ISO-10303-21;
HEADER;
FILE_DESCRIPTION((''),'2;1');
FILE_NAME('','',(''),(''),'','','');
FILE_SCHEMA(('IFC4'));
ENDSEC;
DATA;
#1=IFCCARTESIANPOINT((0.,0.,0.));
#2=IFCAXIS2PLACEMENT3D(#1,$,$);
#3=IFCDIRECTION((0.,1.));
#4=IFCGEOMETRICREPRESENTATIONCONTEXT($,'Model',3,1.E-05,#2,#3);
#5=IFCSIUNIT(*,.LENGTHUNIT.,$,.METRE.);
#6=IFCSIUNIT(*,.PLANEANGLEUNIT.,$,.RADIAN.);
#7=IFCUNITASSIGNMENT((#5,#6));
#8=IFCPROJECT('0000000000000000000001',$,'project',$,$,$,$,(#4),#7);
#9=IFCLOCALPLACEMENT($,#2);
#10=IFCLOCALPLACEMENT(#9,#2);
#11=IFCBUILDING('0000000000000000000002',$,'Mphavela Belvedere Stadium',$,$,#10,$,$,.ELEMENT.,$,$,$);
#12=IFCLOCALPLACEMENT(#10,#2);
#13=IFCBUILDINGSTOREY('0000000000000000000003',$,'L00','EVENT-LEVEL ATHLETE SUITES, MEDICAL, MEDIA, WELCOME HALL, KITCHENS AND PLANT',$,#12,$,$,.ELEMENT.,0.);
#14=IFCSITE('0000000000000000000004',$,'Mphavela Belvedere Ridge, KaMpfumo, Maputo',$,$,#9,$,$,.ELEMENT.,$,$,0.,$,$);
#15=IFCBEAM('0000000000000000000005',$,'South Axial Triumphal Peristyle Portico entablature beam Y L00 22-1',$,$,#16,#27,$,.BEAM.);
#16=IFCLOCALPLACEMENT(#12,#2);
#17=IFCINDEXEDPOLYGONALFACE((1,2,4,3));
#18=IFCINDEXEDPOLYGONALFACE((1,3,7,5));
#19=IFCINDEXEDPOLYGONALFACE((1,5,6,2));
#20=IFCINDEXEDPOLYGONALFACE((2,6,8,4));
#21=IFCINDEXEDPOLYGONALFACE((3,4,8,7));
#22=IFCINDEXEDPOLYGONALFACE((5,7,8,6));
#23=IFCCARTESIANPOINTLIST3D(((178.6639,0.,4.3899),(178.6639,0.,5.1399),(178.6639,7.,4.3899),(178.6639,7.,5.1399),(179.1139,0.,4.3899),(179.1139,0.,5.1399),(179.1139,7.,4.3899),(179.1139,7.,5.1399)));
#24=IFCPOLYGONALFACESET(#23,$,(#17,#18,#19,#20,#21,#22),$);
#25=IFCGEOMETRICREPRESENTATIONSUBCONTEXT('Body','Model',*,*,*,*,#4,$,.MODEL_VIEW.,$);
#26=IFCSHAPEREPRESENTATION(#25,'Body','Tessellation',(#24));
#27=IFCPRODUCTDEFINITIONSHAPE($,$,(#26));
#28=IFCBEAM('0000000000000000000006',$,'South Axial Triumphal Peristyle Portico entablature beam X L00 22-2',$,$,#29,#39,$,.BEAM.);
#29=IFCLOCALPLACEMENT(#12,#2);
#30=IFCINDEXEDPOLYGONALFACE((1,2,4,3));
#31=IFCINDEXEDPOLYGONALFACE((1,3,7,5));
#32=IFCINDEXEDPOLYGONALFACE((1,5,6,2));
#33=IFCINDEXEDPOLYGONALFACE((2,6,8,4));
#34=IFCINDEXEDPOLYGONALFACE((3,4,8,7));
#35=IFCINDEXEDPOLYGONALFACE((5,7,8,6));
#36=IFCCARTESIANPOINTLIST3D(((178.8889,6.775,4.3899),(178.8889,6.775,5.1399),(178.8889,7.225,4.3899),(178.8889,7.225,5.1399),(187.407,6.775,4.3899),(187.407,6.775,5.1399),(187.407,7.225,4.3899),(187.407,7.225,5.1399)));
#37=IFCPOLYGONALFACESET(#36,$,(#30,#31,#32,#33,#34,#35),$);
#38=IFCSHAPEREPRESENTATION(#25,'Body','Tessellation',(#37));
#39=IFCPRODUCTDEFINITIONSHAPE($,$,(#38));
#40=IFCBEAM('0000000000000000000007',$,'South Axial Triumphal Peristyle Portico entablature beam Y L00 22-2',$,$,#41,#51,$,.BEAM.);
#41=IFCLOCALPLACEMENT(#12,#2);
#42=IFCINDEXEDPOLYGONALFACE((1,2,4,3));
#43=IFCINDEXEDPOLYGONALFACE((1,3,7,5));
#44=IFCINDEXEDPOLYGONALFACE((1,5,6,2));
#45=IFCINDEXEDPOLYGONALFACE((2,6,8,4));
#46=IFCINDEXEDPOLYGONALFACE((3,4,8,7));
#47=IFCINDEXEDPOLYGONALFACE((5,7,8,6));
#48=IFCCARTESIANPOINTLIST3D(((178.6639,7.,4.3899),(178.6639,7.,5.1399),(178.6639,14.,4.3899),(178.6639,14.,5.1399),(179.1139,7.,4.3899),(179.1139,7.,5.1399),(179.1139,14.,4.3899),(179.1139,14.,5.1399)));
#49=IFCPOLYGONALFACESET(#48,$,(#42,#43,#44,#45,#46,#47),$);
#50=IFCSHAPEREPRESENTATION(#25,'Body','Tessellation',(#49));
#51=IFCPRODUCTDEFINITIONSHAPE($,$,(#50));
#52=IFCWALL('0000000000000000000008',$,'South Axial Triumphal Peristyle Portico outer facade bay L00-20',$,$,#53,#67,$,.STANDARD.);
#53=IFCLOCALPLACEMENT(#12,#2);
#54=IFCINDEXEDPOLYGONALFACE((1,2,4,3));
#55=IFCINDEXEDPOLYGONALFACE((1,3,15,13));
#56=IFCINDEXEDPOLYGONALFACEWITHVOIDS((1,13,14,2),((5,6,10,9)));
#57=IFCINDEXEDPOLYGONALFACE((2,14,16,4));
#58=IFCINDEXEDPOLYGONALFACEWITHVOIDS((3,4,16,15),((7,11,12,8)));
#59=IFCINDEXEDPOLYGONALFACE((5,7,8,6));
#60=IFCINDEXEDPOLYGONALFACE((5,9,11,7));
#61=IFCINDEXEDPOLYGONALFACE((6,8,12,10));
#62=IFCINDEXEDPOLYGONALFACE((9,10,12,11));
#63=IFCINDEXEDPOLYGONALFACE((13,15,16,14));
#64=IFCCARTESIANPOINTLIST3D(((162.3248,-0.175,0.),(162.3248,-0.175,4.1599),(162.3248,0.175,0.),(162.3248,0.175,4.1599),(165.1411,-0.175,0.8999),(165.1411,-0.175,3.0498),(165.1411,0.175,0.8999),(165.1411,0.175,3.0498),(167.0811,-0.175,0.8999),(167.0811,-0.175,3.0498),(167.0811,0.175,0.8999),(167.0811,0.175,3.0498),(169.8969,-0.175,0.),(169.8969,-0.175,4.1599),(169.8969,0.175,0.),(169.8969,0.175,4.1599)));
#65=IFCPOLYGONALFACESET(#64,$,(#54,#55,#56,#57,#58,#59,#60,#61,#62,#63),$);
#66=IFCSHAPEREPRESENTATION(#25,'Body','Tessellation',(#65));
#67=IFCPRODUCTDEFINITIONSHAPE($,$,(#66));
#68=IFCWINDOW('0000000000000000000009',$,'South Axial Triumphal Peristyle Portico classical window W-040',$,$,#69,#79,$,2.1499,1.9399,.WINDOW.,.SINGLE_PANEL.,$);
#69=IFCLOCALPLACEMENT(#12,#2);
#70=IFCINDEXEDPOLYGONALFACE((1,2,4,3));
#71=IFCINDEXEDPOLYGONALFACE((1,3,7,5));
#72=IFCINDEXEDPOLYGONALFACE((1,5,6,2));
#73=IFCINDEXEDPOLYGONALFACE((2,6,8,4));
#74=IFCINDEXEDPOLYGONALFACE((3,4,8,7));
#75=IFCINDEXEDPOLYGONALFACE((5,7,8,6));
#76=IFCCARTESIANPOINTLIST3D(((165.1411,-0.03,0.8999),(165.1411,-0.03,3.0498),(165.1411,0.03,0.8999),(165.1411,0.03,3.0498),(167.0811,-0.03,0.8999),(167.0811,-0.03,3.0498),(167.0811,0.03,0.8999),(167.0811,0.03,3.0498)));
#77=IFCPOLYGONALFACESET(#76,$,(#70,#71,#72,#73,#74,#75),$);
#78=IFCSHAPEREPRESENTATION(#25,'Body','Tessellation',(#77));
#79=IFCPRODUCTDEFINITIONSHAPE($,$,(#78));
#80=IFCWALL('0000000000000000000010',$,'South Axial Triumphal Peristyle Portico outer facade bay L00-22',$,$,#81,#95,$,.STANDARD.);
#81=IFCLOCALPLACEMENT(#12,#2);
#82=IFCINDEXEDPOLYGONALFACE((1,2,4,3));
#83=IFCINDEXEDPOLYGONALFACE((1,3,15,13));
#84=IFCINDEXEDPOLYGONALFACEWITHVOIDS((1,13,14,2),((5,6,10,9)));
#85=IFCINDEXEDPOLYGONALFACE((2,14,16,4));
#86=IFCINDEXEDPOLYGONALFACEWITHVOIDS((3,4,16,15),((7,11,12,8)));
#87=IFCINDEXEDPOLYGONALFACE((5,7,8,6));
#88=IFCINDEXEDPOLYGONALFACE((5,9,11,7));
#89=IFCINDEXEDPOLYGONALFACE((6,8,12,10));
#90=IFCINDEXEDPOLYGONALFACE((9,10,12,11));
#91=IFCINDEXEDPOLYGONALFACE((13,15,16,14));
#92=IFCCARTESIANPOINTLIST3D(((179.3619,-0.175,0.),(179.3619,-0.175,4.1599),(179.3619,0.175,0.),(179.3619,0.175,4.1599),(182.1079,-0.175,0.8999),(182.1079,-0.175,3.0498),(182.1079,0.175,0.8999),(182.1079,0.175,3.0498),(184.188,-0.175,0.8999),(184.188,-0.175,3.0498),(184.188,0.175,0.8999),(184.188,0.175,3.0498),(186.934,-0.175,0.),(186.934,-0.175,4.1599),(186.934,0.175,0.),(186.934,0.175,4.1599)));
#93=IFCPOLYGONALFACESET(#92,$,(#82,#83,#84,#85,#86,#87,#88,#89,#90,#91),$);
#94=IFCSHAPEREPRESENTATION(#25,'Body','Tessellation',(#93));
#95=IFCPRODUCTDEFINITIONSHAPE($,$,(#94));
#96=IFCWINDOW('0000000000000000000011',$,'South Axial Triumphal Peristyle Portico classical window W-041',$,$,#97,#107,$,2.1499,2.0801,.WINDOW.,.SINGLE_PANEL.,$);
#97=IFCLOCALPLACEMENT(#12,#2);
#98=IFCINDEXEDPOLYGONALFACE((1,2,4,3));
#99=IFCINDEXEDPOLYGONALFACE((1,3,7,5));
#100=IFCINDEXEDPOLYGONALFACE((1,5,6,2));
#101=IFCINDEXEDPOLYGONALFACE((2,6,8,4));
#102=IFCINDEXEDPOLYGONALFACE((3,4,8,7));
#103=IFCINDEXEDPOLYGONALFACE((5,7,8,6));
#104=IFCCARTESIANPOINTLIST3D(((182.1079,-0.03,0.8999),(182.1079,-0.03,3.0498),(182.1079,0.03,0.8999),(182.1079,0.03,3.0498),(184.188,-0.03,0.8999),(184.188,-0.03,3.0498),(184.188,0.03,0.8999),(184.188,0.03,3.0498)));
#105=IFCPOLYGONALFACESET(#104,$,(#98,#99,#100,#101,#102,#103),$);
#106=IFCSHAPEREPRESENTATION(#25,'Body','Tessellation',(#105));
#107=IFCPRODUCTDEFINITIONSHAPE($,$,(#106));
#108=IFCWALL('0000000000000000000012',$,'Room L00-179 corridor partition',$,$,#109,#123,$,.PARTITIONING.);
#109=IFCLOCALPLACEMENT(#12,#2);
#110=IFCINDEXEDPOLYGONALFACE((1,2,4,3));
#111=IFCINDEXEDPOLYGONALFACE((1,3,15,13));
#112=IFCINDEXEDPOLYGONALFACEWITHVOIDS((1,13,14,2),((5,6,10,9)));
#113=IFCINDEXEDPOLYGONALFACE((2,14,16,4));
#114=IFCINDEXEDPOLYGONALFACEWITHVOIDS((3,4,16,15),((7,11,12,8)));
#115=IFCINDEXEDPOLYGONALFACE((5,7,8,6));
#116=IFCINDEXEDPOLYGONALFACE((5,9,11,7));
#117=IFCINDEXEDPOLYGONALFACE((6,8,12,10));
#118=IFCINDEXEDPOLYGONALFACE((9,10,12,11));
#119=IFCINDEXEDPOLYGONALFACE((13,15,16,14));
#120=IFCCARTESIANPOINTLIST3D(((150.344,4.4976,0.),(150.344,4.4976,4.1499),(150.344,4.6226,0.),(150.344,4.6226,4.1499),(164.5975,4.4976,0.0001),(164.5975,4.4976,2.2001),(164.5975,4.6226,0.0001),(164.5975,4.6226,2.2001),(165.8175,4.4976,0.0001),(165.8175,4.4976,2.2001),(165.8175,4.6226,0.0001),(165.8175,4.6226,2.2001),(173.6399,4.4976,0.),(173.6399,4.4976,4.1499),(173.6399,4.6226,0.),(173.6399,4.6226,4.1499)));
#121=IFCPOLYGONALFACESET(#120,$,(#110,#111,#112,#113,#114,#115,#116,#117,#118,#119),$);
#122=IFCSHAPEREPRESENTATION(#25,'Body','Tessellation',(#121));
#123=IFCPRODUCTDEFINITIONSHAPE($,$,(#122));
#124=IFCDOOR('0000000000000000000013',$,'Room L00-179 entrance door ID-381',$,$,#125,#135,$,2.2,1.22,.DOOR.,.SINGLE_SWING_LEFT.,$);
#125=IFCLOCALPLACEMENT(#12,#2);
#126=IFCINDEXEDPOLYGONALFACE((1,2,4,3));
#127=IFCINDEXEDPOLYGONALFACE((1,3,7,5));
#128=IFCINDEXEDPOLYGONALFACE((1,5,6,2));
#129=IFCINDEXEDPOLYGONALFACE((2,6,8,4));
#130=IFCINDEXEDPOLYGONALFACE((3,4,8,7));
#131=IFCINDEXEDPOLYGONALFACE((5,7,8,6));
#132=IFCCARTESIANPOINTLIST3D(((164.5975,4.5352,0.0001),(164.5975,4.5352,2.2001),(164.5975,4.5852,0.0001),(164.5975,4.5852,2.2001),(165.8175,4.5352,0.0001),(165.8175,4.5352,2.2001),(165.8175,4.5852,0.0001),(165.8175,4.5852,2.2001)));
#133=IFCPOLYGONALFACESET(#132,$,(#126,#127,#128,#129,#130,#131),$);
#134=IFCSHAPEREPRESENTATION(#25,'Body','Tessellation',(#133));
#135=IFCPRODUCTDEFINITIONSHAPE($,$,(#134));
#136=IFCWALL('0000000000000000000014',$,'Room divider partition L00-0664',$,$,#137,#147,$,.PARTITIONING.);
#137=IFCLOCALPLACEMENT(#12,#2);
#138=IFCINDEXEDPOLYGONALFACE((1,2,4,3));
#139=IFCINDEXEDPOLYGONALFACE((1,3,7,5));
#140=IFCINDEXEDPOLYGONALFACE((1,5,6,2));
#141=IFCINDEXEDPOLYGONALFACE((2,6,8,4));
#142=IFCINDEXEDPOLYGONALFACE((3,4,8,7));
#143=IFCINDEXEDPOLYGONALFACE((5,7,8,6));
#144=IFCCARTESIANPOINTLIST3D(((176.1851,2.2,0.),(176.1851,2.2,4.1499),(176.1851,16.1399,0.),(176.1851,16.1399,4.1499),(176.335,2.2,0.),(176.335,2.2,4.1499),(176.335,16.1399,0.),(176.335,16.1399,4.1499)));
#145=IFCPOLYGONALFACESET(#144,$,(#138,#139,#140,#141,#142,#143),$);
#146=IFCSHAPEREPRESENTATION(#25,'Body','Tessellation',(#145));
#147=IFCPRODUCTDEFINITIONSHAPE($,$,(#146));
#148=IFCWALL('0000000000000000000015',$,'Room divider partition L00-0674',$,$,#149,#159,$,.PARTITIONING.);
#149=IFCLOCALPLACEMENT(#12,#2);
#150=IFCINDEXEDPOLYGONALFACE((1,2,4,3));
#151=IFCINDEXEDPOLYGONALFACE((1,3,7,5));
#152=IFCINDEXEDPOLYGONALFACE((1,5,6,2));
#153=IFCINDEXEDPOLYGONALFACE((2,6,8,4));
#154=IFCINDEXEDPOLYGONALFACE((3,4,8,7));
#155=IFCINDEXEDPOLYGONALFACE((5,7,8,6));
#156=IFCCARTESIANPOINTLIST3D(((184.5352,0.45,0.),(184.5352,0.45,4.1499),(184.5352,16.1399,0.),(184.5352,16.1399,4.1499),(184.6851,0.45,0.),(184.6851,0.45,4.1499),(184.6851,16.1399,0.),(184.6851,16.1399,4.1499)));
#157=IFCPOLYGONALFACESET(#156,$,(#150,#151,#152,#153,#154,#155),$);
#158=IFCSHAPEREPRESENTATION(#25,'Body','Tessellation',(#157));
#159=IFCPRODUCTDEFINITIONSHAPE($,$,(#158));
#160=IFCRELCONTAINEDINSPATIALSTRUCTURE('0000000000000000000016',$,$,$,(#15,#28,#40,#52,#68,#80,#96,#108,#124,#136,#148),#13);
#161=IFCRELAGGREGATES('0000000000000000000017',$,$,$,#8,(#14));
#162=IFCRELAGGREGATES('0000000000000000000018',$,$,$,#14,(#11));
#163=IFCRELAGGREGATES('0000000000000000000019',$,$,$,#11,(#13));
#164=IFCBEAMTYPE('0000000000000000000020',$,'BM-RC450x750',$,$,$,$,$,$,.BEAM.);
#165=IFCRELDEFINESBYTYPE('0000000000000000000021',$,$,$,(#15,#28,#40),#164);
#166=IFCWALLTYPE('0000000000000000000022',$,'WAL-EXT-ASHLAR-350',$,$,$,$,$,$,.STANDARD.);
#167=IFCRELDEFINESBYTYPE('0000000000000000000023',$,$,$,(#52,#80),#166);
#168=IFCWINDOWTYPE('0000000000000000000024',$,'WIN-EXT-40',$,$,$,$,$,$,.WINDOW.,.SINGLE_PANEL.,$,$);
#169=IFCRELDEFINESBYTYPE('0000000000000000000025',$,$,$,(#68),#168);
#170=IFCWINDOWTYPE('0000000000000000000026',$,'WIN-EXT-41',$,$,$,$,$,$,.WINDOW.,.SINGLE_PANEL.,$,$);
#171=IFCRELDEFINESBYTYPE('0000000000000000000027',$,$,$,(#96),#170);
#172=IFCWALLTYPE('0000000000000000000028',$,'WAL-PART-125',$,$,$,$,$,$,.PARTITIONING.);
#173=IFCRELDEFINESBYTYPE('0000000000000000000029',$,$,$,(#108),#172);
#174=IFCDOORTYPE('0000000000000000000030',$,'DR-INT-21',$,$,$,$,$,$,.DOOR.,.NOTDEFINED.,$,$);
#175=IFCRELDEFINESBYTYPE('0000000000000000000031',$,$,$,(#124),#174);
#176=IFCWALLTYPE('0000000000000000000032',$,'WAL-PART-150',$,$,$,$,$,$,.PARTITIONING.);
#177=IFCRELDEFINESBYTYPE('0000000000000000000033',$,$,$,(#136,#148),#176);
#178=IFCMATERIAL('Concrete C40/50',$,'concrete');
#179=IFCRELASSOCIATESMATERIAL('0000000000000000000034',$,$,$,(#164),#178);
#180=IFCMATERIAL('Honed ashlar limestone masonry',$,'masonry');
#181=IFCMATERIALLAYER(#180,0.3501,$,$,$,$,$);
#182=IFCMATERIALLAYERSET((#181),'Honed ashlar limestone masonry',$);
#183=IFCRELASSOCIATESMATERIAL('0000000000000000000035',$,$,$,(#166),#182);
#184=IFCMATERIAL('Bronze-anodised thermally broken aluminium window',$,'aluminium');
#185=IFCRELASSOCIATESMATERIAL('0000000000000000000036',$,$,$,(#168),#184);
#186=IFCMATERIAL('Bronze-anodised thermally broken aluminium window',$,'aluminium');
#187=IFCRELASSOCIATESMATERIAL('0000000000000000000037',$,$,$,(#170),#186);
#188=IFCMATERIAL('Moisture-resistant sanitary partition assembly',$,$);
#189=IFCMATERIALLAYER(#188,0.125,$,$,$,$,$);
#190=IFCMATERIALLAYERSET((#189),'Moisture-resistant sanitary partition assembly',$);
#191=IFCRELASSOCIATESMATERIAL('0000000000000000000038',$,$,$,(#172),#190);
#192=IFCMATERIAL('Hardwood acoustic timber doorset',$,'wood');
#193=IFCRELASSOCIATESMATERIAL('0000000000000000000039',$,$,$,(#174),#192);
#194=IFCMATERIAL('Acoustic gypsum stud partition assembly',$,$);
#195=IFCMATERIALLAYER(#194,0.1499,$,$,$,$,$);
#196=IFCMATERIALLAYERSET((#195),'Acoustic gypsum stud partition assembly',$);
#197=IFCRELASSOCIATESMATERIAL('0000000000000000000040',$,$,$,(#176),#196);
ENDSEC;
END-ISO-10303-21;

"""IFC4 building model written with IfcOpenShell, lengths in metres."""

from ifc_helpers import new_model, si_unit, direction, frame, frame_2d, origin, origin_2d, place, context, subcontext, project, spatial, rectangle, extrude, material, layer, layer_set, material_profile, profile_set, type_object, element, fill, save


model = new_model("IFC4")

# Units and contexts
model_context = context("Model", 3, precision=1e-05, world=origin(), true_north=direction((0.0, 1.0)))
body_context = subcontext(model_context, "Body", "Model", "MODEL_VIEW")
ifc_project = project(units=[si_unit("LENGTHUNIT", "METRE"), si_unit("PLANEANGLEUNIT", "RADIAN")], contexts=[model_context])

# Site, building, storey
site_placement = place(None, origin())
site = spatial("IfcSite", under=ifc_project, at=site_placement, Name="Mphavela Belvedere Ridge, KaMpfumo, Maputo", CompositionType="ELEMENT", RefElevation=0.0)
building_placement = place(site_placement, origin())
building = spatial("IfcBuilding", under=site, at=building_placement, Name="Mphavela Belvedere Stadium", CompositionType="ELEMENT")
storey_placement = place(building_placement, origin())
storey = spatial("IfcBuildingStorey", under=building, at=storey_placement, Name="L00", Description="EVENT-LEVEL ATHLETE SUITES, MEDICAL, MEDIA, WELCOME HALL, KITCHENS AND PLANT", CompositionType="ELEMENT", Elevation=0.0)

# Beams
ifc_material_1 = material(Name="Concrete C40/50", Category="concrete")
ifc_material_profile_1 = material_profile(ifc_material_1, rectangle(XDim=0.45, YDim=0.75, at=origin_2d()), Name="RC 450x750")
ifc_profile_set_1 = profile_set([ifc_material_profile_1], Name="Concrete C40/50")
beam_type_1 = type_object("IfcBeamType", Name="BM-RC450x750", PredefinedType="BEAM", material=ifc_profile_set_1)
beam_1_placement = place(storey_placement, frame((178.8889, 0.0, 4.7649), z_axis=(0.0, 1.0, 0.0), x_axis=(-1.0, 0.0, 0.0)))
element("IfcBeam", 1, at=beam_1_placement, inside=storey, type_object=beam_type_1, Name="South Axial Triumphal Peristyle Portico entablature beam Y L00 22-1", PredefinedType="BEAM", context=body_context, shape_type="SweptSolid", body=[
    extrude(rectangle(XDim=0.45, YDim=0.75, at=origin_2d()), origin(), (0.0, 0.0, 1.0), 7.0),
])
beam_2_placement = place(storey_placement, frame((178.8889, 7.0, 4.7649), z_axis=(1.0, 0.0, 0.0), x_axis=(0.0, 1.0, 0.0)))
element("IfcBeam", 2, at=beam_2_placement, inside=storey, type_object=beam_type_1, Name="South Axial Triumphal Peristyle Portico entablature beam X L00 22-2", PredefinedType="BEAM", context=body_context, shape_type="SweptSolid", body=[
    extrude(rectangle(XDim=0.45, YDim=0.75, at=origin_2d()), origin(), (0.0, 0.0, 1.0), 8.5181),
])
beam_3_placement = place(storey_placement, frame((178.8889, 7.0, 4.7649), z_axis=(0.0, 1.0, 0.0), x_axis=(-1.0, 0.0, 0.0)))
element("IfcBeam", 3, at=beam_3_placement, inside=storey, type_object=beam_type_1, Name="South Axial Triumphal Peristyle Portico entablature beam Y L00 22-2", PredefinedType="BEAM", context=body_context, shape_type="SweptSolid", body=[
    extrude(rectangle(XDim=0.45, YDim=0.75, at=origin_2d()), origin(), (0.0, 0.0, 1.0), 7.0),
])

# Wall, opening, window
ifc_material_2 = material(Name="Honed ashlar limestone masonry", Category="masonry")
ifc_layer_1 = layer(ifc_material_2, 0.3501)
ifc_layer_set_1 = layer_set([ifc_layer_1], Name="Honed ashlar limestone masonry")
wall_type_1 = type_object("IfcWallType", Name="WAL-EXT-ASHLAR-350", PredefinedType="STANDARD", material=ifc_layer_set_1)
wall_1_placement = place(storey_placement, frame((169.897, 0.0, 0.0), z_axis=(0.0, 0.0, 1.0), x_axis=(-1.0, 0.0, 0.0)))
wall_1 = element("IfcWall", 4, at=wall_1_placement, inside=storey, type_object=wall_type_1, Name="South Axial Triumphal Peristyle Portico outer facade bay L00-20", PredefinedType="STANDARD", context=body_context, shape_type="SweptSolid", body=[
    extrude(rectangle(XDim=7.572, YDim=0.3501, at=frame_2d((3.7861, 0.0))), origin(), (0.0, 0.0, 1.0), 4.1599),
])
opening_1_placement = place(wall_1_placement, frame((2.8159, 0.0, 0.8999)))
opening_1 = element("IfcOpeningElement", 5, at=opening_1_placement, cuts=wall_1, PredefinedType="OPENING", context=body_context, shape_type="SweptSolid", body=[
    extrude(rectangle(XDim=1.9399, YDim=2.1499, at=frame_2d((0.97, 1.075))), frame((0.0, 0.1851, 0.0), z_axis=(0.0, -1.0, 0.0), x_axis=(1.0, 0.0, 0.0)), (0.0, 0.0, 1.0), 0.3701),
])
ifc_material_3 = material(Name="Bronze-anodised thermally broken aluminium window", Category="aluminium")
window_type_1 = type_object("IfcWindowType", Name="WIN-EXT-40", PartitioningType="SINGLE_PANEL", PredefinedType="WINDOW", material=ifc_material_3)
window_1_placement = place(opening_1_placement, origin())
window_1 = element("IfcWindow", 6, at=window_1_placement, inside=storey, type_object=window_type_1, Name="South Axial Triumphal Peristyle Portico classical window W-040", OverallHeight=2.1499, OverallWidth=1.9399, PartitioningType="SINGLE_PANEL", PredefinedType="WINDOW", context=body_context, shape_type="SweptSolid", body=[
    extrude(rectangle(XDim=1.9399, YDim=2.1499, at=frame_2d((0.97, 1.075))), frame((0.0, 0.03, 0.0), z_axis=(0.0, -1.0, 0.0), x_axis=(1.0, 0.0, 0.0)), (0.0, 0.0, 1.0), 0.0601),
])
fill(opening_1, window_1)

# Wall, opening, window
wall_2_placement = place(storey_placement, frame((186.9341, 0.0, 0.0), z_axis=(0.0, 0.0, 1.0), x_axis=(-1.0, 0.0, 0.0)))
wall_2 = element("IfcWall", 7, at=wall_2_placement, inside=storey, type_object=wall_type_1, Name="South Axial Triumphal Peristyle Portico outer facade bay L00-22", PredefinedType="STANDARD", context=body_context, shape_type="SweptSolid", body=[
    extrude(rectangle(XDim=7.572, YDim=0.3501, at=frame_2d((3.7861, 0.0))), origin(), (0.0, 0.0, 1.0), 4.1599),
])
opening_2_placement = place(wall_2_placement, frame((2.7461, 0.0, 0.8999)))
opening_2 = element("IfcOpeningElement", 8, at=opening_2_placement, cuts=wall_2, PredefinedType="OPENING", context=body_context, shape_type="SweptSolid", body=[
    extrude(rectangle(XDim=2.0801, YDim=2.1499, at=frame_2d((1.04, 1.075))), frame((0.0, 0.1851, 0.0), z_axis=(0.0, -1.0, 0.0), x_axis=(1.0, 0.0, 0.0)), (0.0, 0.0, 1.0), 0.3701),
])
ifc_material_4 = material(Name="Bronze-anodised thermally broken aluminium window", Category="aluminium")
window_type_2 = type_object("IfcWindowType", Name="WIN-EXT-41", PartitioningType="SINGLE_PANEL", PredefinedType="WINDOW", material=ifc_material_4)
window_2_placement = place(opening_2_placement, origin())
window_2 = element("IfcWindow", 9, at=window_2_placement, inside=storey, type_object=window_type_2, Name="South Axial Triumphal Peristyle Portico classical window W-041", OverallHeight=2.1499, OverallWidth=2.0801, PartitioningType="SINGLE_PANEL", PredefinedType="WINDOW", context=body_context, shape_type="SweptSolid", body=[
    extrude(rectangle(XDim=2.0801, YDim=2.1499, at=frame_2d((1.04, 1.075))), frame((0.0, 0.03, 0.0), z_axis=(0.0, -1.0, 0.0), x_axis=(1.0, 0.0, 0.0)), (0.0, 0.0, 1.0), 0.0601),
])
fill(opening_2, window_2)

# Wall, opening, door
ifc_material_5 = material(Name="Moisture-resistant sanitary partition assembly")
ifc_layer_2 = layer(ifc_material_5, 0.125)
ifc_layer_set_2 = layer_set([ifc_layer_2], Name="Moisture-resistant sanitary partition assembly")
wall_type_2 = type_object("IfcWallType", Name="WAL-PART-125", PredefinedType="PARTITIONING", material=ifc_layer_set_2)
wall_3_placement = place(storey_placement, frame((173.6399, 4.5601, 0.0), z_axis=(0.0, 0.0, 1.0), x_axis=(-1.0, 0.0, 0.0)))
wall_3 = element("IfcWall", 10, at=wall_3_placement, inside=storey, type_object=wall_type_2, Name="Room L00-179 corridor partition", PredefinedType="PARTITIONING", context=body_context, shape_type="SweptSolid", body=[
    extrude(rectangle(XDim=23.2959, YDim=0.125, at=frame_2d((11.6479, 0.0))), origin(), (0.0, 0.0, 1.0), 4.1499),
])
opening_3_placement = place(wall_3_placement, frame((7.8225, 0.0, 0.0)))
opening_3 = element("IfcOpeningElement", 11, at=opening_3_placement, cuts=wall_3, PredefinedType="OPENING", context=body_context, shape_type="SweptSolid", body=[
    extrude(rectangle(XDim=1.22, YDim=2.2, at=frame_2d((0.6099, 1.1001))), frame((0.0, 0.0725, 0.0), z_axis=(0.0, -1.0, 0.0), x_axis=(1.0, 0.0, 0.0)), (0.0, 0.0, 1.0), 0.145),
])
ifc_material_6 = material(Name="Hardwood acoustic timber doorset", Category="wood")
door_type_1 = type_object("IfcDoorType", Name="DR-INT-21", OperationType="NOTDEFINED", PredefinedType="DOOR", material=ifc_material_6)
door_1_placement = place(opening_3_placement, origin())
door_1 = element("IfcDoor", 12, at=door_1_placement, inside=storey, type_object=door_type_1, Name="Room L00-179 entrance door ID-381", OperationType="SINGLE_SWING_LEFT", OverallHeight=2.2, OverallWidth=1.22, PredefinedType="DOOR", context=body_context, shape_type="SweptSolid", body=[
    extrude(rectangle(XDim=1.22, YDim=2.2, at=frame_2d((0.6099, 1.1001))), frame((0.0, 0.0249, 0.0), z_axis=(0.0, -1.0, 0.0), x_axis=(1.0, 0.0, 0.0)), (0.0, 0.0, 1.0), 0.05),
])
fill(opening_3, door_1)

# Walls
ifc_material_7 = material(Name="Acoustic gypsum stud partition assembly")
ifc_layer_3 = layer(ifc_material_7, 0.1499)
ifc_layer_set_3 = layer_set([ifc_layer_3], Name="Acoustic gypsum stud partition assembly")
wall_type_3 = type_object("IfcWallType", Name="WAL-PART-150", PredefinedType="PARTITIONING", material=ifc_layer_set_3)
wall_4_placement = place(storey_placement, frame((176.26, 2.2, 0.0), z_axis=(0.0, 0.0, 1.0), x_axis=(0.0, 1.0, 0.0)))
element("IfcWall", 13, at=wall_4_placement, inside=storey, type_object=wall_type_3, Name="Room divider partition L00-0664", PredefinedType="PARTITIONING", context=body_context, shape_type="SweptSolid", body=[
    extrude(rectangle(XDim=13.9399, YDim=0.1499, at=frame_2d((6.97, 0.0))), origin(), (0.0, 0.0, 1.0), 4.1499),
])
wall_5_placement = place(storey_placement, frame((184.6101, 0.45, 0.0), z_axis=(0.0, 0.0, 1.0), x_axis=(0.0, 1.0, 0.0)))
element("IfcWall", 14, at=wall_5_placement, inside=storey, type_object=wall_type_3, Name="Room divider partition L00-0674", PredefinedType="PARTITIONING", context=body_context, shape_type="SweptSolid", body=[
    extrude(rectangle(XDim=15.6899, YDim=0.1499, at=frame_2d((7.845, 0.0))), origin(), (0.0, 0.0, 1.0), 4.1499),
])

save(model, "model.ifc")
